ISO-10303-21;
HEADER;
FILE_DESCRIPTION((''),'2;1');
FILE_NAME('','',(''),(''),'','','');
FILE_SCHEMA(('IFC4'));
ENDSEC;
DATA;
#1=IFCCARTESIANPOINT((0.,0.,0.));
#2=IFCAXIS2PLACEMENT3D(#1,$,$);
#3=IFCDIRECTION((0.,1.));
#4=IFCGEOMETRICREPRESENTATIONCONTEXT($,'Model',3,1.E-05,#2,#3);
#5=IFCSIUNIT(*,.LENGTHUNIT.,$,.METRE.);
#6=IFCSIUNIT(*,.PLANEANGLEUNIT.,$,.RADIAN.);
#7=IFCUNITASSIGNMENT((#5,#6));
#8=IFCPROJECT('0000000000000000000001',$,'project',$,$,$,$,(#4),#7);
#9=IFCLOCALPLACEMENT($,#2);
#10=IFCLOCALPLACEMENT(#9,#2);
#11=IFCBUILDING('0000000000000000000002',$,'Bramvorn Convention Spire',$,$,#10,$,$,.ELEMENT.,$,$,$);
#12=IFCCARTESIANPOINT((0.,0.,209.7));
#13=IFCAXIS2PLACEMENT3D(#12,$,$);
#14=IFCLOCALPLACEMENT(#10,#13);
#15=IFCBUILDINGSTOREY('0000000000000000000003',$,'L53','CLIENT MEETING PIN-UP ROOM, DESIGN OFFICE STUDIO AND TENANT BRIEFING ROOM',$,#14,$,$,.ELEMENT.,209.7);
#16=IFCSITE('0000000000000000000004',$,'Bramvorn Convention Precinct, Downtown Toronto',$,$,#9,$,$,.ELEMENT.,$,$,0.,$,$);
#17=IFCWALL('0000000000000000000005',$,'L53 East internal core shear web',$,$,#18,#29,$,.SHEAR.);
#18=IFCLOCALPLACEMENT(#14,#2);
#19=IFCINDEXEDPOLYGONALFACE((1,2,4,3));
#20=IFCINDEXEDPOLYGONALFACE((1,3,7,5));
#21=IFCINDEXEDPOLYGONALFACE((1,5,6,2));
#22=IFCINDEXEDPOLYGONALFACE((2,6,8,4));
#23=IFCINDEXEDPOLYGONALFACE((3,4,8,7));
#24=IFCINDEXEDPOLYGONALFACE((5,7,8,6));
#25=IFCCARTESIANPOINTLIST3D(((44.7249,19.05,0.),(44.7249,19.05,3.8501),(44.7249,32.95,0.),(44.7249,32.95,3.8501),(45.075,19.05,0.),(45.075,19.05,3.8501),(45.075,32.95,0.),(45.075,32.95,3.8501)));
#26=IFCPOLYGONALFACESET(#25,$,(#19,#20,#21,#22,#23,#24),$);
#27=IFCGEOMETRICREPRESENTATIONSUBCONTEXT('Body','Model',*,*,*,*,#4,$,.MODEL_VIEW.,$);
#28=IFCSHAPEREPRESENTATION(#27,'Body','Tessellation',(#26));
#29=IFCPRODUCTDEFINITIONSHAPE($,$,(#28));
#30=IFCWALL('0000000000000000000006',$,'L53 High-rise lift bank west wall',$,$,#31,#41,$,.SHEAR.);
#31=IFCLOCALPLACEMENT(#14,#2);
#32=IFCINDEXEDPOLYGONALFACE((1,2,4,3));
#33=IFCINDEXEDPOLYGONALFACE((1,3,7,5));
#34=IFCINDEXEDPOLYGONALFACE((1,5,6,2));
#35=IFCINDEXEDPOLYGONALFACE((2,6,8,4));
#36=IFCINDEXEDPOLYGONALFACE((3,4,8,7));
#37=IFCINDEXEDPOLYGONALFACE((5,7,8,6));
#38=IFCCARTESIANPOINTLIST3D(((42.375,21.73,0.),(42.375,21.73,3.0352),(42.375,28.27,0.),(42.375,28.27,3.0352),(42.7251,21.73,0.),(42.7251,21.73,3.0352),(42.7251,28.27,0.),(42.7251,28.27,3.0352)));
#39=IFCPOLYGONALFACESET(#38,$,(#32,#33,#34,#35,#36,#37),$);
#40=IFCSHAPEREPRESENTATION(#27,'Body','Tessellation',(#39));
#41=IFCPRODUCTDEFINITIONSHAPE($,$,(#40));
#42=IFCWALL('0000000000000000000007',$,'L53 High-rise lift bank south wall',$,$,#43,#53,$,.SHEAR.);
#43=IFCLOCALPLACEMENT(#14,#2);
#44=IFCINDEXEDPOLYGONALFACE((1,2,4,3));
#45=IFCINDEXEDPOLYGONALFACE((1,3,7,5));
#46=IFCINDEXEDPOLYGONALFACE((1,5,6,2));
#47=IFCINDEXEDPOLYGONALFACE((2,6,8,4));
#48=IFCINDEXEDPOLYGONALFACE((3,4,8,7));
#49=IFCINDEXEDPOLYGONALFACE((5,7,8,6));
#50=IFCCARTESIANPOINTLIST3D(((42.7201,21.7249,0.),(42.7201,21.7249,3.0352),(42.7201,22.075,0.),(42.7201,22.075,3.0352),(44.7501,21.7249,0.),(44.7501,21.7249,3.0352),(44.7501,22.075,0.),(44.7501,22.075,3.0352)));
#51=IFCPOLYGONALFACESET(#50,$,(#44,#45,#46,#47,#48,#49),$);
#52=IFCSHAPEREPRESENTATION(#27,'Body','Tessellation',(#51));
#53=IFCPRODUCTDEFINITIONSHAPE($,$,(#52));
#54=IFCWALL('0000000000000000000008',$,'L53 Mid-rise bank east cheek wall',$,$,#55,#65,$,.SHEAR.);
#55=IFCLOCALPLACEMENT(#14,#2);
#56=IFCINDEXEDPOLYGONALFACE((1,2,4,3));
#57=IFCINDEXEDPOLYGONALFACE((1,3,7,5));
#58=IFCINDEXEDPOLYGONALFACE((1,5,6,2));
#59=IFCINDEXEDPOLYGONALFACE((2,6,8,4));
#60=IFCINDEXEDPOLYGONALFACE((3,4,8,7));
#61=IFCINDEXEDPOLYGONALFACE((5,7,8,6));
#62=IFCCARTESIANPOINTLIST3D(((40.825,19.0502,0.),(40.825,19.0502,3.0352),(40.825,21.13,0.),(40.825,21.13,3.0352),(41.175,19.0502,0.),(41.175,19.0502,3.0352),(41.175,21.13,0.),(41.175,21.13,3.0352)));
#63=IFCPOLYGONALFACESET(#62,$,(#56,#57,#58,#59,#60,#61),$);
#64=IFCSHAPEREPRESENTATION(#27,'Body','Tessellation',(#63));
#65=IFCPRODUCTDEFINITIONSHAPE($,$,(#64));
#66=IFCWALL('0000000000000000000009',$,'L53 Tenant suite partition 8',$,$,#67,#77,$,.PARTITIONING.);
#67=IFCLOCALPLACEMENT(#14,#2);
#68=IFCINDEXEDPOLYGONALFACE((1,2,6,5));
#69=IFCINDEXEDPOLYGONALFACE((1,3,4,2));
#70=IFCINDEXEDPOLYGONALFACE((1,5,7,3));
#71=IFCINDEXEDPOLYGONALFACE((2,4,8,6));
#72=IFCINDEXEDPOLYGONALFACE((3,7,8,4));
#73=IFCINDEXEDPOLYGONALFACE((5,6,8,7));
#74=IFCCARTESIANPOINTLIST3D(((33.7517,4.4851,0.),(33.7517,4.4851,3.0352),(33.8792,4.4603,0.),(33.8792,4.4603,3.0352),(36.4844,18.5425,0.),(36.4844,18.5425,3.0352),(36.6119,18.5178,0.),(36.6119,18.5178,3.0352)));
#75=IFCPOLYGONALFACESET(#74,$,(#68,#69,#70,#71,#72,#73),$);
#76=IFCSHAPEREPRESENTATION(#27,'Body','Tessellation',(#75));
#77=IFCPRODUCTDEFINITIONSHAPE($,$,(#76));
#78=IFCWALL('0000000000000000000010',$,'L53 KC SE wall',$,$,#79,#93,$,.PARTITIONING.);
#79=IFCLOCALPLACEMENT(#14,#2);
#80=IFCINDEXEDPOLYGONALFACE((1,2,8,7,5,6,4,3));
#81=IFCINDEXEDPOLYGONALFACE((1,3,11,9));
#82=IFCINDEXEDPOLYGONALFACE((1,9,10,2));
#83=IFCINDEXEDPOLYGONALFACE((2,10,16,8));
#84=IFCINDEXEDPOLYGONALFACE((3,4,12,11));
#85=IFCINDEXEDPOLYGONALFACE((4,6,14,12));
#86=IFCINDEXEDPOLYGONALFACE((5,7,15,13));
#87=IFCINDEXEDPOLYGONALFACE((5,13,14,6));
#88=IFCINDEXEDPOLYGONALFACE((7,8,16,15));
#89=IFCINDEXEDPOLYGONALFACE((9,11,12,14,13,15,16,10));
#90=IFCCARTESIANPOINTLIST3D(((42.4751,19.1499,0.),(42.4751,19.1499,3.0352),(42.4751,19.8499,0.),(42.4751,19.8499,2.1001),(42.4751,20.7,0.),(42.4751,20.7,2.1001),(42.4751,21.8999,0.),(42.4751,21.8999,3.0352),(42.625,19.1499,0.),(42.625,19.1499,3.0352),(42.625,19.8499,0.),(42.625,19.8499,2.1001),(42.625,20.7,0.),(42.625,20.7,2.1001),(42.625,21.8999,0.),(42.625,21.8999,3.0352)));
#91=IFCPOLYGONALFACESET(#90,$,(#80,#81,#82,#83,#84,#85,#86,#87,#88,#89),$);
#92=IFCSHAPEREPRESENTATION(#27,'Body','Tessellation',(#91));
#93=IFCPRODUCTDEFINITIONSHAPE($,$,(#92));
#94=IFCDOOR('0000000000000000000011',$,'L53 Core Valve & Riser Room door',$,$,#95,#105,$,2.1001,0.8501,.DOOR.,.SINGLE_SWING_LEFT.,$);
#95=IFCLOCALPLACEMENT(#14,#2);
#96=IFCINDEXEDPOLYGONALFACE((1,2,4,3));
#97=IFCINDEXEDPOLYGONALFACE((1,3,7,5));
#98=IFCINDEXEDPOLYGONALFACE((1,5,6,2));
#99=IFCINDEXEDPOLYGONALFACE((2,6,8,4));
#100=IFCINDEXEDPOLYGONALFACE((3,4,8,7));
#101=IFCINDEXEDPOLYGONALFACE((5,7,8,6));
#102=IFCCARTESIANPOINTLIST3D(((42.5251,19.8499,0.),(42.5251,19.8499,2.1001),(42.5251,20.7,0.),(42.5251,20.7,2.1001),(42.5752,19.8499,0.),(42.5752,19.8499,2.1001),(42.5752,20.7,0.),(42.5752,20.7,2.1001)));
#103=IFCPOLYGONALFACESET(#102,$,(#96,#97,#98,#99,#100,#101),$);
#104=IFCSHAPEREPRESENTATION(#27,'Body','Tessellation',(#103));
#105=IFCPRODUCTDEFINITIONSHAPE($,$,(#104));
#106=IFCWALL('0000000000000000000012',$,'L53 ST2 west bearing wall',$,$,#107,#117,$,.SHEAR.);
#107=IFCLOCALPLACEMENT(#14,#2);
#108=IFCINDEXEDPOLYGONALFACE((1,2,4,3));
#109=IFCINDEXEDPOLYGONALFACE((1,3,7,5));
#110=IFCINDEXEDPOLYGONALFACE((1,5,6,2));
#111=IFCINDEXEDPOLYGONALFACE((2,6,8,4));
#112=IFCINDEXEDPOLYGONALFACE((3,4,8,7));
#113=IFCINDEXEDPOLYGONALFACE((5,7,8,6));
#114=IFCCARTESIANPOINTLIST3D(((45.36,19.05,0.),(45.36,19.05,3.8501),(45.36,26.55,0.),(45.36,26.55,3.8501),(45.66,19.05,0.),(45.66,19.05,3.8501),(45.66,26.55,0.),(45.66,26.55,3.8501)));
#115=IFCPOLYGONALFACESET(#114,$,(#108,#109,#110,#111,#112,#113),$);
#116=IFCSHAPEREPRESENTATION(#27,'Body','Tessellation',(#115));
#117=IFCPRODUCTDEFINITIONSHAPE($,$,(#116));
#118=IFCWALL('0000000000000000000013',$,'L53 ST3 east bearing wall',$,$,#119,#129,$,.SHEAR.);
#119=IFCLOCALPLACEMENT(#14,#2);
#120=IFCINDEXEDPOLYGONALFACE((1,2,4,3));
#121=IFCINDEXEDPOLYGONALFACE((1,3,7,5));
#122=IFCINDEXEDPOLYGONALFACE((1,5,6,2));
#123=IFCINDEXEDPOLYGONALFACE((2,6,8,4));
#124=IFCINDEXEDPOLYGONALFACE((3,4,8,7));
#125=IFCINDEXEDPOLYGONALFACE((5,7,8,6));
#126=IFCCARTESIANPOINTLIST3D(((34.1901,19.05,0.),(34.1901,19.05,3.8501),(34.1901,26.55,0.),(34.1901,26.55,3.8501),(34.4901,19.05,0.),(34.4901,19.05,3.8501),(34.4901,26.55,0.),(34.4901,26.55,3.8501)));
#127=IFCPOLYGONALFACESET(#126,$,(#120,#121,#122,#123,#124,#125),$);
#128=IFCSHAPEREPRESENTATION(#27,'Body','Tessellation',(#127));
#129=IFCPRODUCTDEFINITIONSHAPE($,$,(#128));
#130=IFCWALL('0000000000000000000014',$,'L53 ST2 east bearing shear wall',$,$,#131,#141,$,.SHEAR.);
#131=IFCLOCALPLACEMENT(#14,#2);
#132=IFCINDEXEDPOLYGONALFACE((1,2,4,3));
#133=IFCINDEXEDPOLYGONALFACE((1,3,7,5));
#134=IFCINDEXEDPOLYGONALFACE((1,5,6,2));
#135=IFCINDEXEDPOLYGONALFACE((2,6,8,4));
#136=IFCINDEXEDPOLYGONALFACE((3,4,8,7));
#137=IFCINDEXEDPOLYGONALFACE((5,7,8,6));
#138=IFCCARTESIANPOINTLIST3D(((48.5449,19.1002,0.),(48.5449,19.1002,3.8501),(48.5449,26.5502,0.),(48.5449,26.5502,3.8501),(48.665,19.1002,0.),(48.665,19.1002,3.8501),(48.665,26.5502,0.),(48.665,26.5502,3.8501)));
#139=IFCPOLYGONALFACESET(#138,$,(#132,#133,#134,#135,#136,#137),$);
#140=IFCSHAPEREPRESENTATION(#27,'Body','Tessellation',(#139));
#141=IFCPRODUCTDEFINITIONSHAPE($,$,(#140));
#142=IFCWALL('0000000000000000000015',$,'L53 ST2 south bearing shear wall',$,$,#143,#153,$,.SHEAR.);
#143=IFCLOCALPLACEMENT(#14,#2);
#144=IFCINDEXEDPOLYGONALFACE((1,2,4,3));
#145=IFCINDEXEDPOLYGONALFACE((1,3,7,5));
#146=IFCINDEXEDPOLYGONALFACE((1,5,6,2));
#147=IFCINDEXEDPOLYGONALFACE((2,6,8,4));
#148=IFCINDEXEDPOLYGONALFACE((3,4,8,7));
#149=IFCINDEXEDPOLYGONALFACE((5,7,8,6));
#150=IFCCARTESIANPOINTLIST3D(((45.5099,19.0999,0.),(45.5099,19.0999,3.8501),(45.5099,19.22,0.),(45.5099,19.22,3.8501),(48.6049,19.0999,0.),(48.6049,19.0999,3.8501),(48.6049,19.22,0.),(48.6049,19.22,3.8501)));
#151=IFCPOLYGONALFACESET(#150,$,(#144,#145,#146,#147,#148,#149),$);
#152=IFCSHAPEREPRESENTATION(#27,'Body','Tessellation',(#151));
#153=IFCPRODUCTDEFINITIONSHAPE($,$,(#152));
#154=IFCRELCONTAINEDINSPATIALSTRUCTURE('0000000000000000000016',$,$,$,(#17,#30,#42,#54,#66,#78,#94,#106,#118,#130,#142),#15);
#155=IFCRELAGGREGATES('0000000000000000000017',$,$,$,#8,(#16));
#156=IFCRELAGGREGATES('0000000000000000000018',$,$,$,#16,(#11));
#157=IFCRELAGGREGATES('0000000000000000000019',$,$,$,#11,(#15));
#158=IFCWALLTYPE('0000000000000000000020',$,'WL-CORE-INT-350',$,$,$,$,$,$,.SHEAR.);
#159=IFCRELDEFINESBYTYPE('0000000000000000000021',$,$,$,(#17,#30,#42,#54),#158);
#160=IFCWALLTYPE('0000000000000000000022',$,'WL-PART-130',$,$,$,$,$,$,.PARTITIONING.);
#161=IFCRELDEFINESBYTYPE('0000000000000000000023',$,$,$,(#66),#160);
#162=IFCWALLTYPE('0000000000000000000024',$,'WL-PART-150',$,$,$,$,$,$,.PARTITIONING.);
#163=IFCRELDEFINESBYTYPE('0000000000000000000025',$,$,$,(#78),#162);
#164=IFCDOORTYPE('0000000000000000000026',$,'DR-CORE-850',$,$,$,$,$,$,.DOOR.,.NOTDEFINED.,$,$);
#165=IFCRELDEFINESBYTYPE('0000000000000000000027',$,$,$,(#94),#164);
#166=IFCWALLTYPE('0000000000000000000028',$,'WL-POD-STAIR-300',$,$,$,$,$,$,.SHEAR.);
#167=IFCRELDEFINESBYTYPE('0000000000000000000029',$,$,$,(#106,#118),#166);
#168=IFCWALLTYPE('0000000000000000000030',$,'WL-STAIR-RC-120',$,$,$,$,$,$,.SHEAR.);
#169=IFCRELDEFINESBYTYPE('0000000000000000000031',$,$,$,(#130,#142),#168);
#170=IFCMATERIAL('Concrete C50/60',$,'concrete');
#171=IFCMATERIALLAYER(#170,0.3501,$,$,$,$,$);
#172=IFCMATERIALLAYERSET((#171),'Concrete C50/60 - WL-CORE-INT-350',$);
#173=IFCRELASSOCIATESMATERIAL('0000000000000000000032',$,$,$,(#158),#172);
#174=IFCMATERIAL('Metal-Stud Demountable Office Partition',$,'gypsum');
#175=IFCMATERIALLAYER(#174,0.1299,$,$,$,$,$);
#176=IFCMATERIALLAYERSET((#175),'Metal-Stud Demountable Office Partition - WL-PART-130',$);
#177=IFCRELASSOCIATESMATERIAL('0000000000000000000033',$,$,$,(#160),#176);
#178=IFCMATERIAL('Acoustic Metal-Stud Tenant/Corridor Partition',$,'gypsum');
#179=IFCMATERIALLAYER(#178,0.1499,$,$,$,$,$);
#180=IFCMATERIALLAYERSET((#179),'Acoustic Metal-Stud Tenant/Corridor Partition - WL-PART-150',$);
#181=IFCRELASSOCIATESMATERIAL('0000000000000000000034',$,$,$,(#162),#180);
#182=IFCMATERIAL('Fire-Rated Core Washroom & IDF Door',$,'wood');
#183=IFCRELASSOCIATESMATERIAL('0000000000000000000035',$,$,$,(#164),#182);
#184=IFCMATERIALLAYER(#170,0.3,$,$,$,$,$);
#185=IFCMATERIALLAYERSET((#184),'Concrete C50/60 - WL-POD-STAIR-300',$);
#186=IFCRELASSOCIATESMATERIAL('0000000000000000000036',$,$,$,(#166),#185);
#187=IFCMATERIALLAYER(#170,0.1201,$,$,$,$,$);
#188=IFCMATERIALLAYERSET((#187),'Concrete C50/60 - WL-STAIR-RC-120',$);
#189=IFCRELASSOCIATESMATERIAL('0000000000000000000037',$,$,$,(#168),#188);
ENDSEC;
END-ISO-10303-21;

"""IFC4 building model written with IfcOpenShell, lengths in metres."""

from ifc_helpers import new_model, si_unit, direction, frame, frame_2d, origin, place, context, subcontext, project, spatial, rectangle, extrude, material, layer, layer_set, type_object, element, fill, save


model = new_model("IFC4")

# Units and contexts
model_context = context("Model", 3, precision=1e-05, world=origin(), true_north=direction((0.0, 1.0)))
body_context = subcontext(model_context, "Body", "Model", "MODEL_VIEW")
ifc_project = project(units=[si_unit("LENGTHUNIT", "METRE"), si_unit("PLANEANGLEUNIT", "RADIAN")], contexts=[model_context])

# Site, building, storey
site_placement = place(None, origin())
site = spatial("IfcSite", under=ifc_project, at=site_placement, Name="Bramvorn Convention Precinct, Downtown Toronto", CompositionType="ELEMENT", RefElevation=0.0)
building_placement = place(site_placement, origin())
building = spatial("IfcBuilding", under=site, at=building_placement, Name="Bramvorn Convention Spire", CompositionType="ELEMENT")
storey_placement = place(building_placement, frame((0.0, 0.0, 209.7)))
storey = spatial("IfcBuildingStorey", under=building, at=storey_placement, Name="L53", Description="CLIENT MEETING PIN-UP ROOM, DESIGN OFFICE STUDIO AND TENANT BRIEFING ROOM", CompositionType="ELEMENT", Elevation=209.7)

# Shared definitions
ifc_material_1 = material(Name="Concrete C50/60", Category="concrete")

# Walls
ifc_layer_1 = layer(ifc_material_1, 0.3501)
ifc_layer_set_1 = layer_set([ifc_layer_1], Name="Concrete C50/60 - WL-CORE-INT-350")
wall_type_1 = type_object("IfcWallType", Name="WL-CORE-INT-350", PredefinedType="SHEAR", material=ifc_layer_set_1)
wall_1_placement = place(storey_placement, frame((44.8999, 19.05, 0.0), z_axis=(0.0, 0.0, 1.0), x_axis=(0.0, 1.0, 0.0)))
element("IfcWall", 1, at=wall_1_placement, inside=storey, type_object=wall_type_1, Name="L53 East internal core shear web", PredefinedType="SHEAR", context=body_context, shape_type="SweptSolid", body=[
    extrude(rectangle(XDim=13.8999, YDim=0.3501, at=frame_2d((6.95, 0.0))), origin(), (0.0, 0.0, 1.0), 3.8501),
])
wall_2_placement = place(storey_placement, frame((42.55, 21.73, 0.0), z_axis=(0.0, 0.0, 1.0), x_axis=(0.0, 1.0, 0.0)))
element("IfcWall", 2, at=wall_2_placement, inside=storey, type_object=wall_type_1, Name="L53 High-rise lift bank west wall", PredefinedType="SHEAR", context=body_context, shape_type="SweptSolid", body=[
    extrude(rectangle(XDim=6.54, YDim=0.3501, at=frame_2d((3.27, 0.0))), origin(), (0.0, 0.0, 1.0), 3.0352),
])
wall_3_placement = place(storey_placement, frame((42.72, 21.8999, 0.0), z_axis=(0.0, 0.0, 1.0), x_axis=(1.0, 0.0, 0.0)))
element("IfcWall", 3, at=wall_3_placement, inside=storey, type_object=wall_type_1, Name="L53 High-rise lift bank south wall", PredefinedType="SHEAR", context=body_context, shape_type="SweptSolid", body=[
    extrude(rectangle(XDim=2.03, YDim=0.3501, at=frame_2d((1.0151, 0.0))), origin(), (0.0, 0.0, 1.0), 3.0352),
])

# Walls
wall_4_placement = place(storey_placement, frame((41.0, 19.05, 0.0), z_axis=(0.0, 0.0, 1.0), x_axis=(0.0, 1.0, 0.0)))
element("IfcWall", 4, at=wall_4_placement, inside=storey, type_object=wall_type_1, Name="L53 Mid-rise bank east cheek wall", PredefinedType="SHEAR", context=body_context, shape_type="SweptSolid", body=[
    extrude(rectangle(XDim=2.0798, YDim=0.3501, at=frame_2d((1.04, 0.0))), origin(), (0.0, 0.0, 1.0), 3.0352),
])
ifc_material_2 = material(Name="Metal-Stud Demountable Office Partition", Category="gypsum")
ifc_layer_2 = layer(ifc_material_2, 0.1299)
ifc_layer_set_2 = layer_set([ifc_layer_2], Name="Metal-Stud Demountable Office Partition - WL-PART-130")
wall_type_2 = type_object("IfcWallType", Name="WL-PART-130", PredefinedType="PARTITIONING", material=ifc_layer_set_2)
wall_5_placement = place(storey_placement, frame((36.5481, 18.53, 0.0), z_axis=(0.0, 0.0, 1.0), x_axis=(-0.190822, -0.981625, 0.0)))
element("IfcWall", 5, at=wall_5_placement, inside=storey, type_object=wall_type_2, Name="L53 Tenant suite partition 8", PredefinedType="PARTITIONING", context=body_context, shape_type="SweptSolid", body=[
    extrude(rectangle(XDim=14.3206, YDim=0.1299, at=frame_2d((7.1602, 0.0))), origin(), (0.0, 0.0, 1.0), 3.0352),
])

# Wall, opening, door
ifc_material_3 = material(Name="Acoustic Metal-Stud Tenant/Corridor Partition", Category="gypsum")
ifc_layer_3 = layer(ifc_material_3, 0.1499)
ifc_layer_set_3 = layer_set([ifc_layer_3], Name="Acoustic Metal-Stud Tenant/Corridor Partition - WL-PART-150")
wall_type_3 = type_object("IfcWallType", Name="WL-PART-150", PredefinedType="PARTITIONING", material=ifc_layer_set_3)
wall_6_placement = place(storey_placement, frame((42.55, 19.1499, 0.0), z_axis=(0.0, 0.0, 1.0), x_axis=(0.0, 1.0, 0.0)))
wall_6 = element("IfcWall", 6, at=wall_6_placement, inside=storey, type_object=wall_type_3, Name="L53 KC SE wall", PredefinedType="PARTITIONING", context=body_context, shape_type="SweptSolid", body=[
    extrude(rectangle(XDim=2.75, YDim=0.1499, at=frame_2d((1.375, 0.0))), origin(), (0.0, 0.0, 1.0), 3.0352),
])
opening_1_placement = place(wall_6_placement, frame((0.7, 0.0, 0.0)))
opening_1 = element("IfcOpeningElement", 7, at=opening_1_placement, cuts=wall_6, PredefinedType="OPENING", context=body_context, shape_type="SweptSolid", body=[
    extrude(rectangle(XDim=0.8501, YDim=2.1001, at=frame_2d((0.425, 1.05))), frame((0.0, 0.085, 0.0), z_axis=(0.0, -1.0, 0.0), x_axis=(1.0, 0.0, 0.0)), (0.0, 0.0, 1.0), 0.1699),
])
ifc_material_4 = material(Name="Fire-Rated Core Washroom & IDF Door", Category="wood")
door_type_1 = type_object("IfcDoorType", Name="DR-CORE-850", OperationType="NOTDEFINED", PredefinedType="DOOR", material=ifc_material_4)
door_1_placement = place(opening_1_placement, origin())
door_1 = element("IfcDoor", 8, at=door_1_placement, inside=storey, type_object=door_type_1, Name="L53 Core Valve & Riser Room door", OperationType="SINGLE_SWING_LEFT", OverallHeight=2.1001, OverallWidth=0.8501, PredefinedType="DOOR", context=body_context, shape_type="SweptSolid", body=[
    extrude(rectangle(XDim=0.8501, YDim=2.1001, at=frame_2d((0.425, 1.05))), frame((0.0, 0.0249, 0.0), z_axis=(0.0, -1.0, 0.0), x_axis=(1.0, 0.0, 0.0)), (0.0, 0.0, 1.0), 0.05),
])
fill(opening_1, door_1)

# Walls
ifc_layer_4 = layer(ifc_material_1, 0.3)
ifc_layer_set_4 = layer_set([ifc_layer_4], Name="Concrete C50/60 - WL-POD-STAIR-300")
wall_type_4 = type_object("IfcWallType", Name="WL-POD-STAIR-300", PredefinedType="SHEAR", material=ifc_layer_set_4)
for number, where, z_axis, x_axis, name in (
    (9, (45.51, 19.05, 0.0), (0.0, 0.0, 1.0), (0.0, 1.0, 0.0), "L53 ST2 west bearing wall"),
    (10, (34.3401, 19.05, 0.0), (0.0, 0.0, 1.0), (0.0, 1.0, 0.0), "L53 ST3 east bearing wall"),
):
    element("IfcWall", number, at=place(storey_placement, frame(where, z_axis=z_axis, x_axis=x_axis)), inside=storey, type_object=wall_type_4, Name=name, PredefinedType="SHEAR", context=body_context, shape_type="SweptSolid", body=[
        extrude(rectangle(XDim=7.5, YDim=0.3, at=frame_2d((3.75, 0.0))), origin(), (0.0, 0.0, 1.0), 3.8501),
    ])
ifc_layer_5 = layer(ifc_material_1, 0.1201)
ifc_layer_set_5 = layer_set([ifc_layer_5], Name="Concrete C50/60 - WL-STAIR-RC-120")
wall_type_5 = type_object("IfcWallType", Name="WL-STAIR-RC-120", PredefinedType="SHEAR", material=ifc_layer_set_5)
wall_7_placement = place(storey_placement, frame((48.605, 19.1001, 0.0), z_axis=(0.0, 0.0, 1.0), x_axis=(0.0, 1.0, 0.0)))
element("IfcWall", 11, at=wall_7_placement, inside=storey, type_object=wall_type_5, Name="L53 ST2 east bearing shear wall", PredefinedType="SHEAR", context=body_context, shape_type="SweptSolid", body=[
    extrude(rectangle(XDim=7.45, YDim=0.1201, at=frame_2d((3.7251, 0.0))), origin(), (0.0, 0.0, 1.0), 3.8501),
])
wall_8_placement = place(storey_placement, frame((45.51, 19.1599, 0.0), z_axis=(0.0, 0.0, 1.0), x_axis=(1.0, 0.0, 0.0)))
element("IfcWall", 12, at=wall_8_placement, inside=storey, type_object=wall_type_5, Name="L53 ST2 south bearing shear wall", PredefinedType="SHEAR", context=body_context, shape_type="SweptSolid", body=[
    extrude(rectangle(XDim=3.095, YDim=0.1201, at=frame_2d((1.5474, 0.0))), origin(), (0.0, 0.0, 1.0), 3.8501),
])

save(model, "model.ifc")
